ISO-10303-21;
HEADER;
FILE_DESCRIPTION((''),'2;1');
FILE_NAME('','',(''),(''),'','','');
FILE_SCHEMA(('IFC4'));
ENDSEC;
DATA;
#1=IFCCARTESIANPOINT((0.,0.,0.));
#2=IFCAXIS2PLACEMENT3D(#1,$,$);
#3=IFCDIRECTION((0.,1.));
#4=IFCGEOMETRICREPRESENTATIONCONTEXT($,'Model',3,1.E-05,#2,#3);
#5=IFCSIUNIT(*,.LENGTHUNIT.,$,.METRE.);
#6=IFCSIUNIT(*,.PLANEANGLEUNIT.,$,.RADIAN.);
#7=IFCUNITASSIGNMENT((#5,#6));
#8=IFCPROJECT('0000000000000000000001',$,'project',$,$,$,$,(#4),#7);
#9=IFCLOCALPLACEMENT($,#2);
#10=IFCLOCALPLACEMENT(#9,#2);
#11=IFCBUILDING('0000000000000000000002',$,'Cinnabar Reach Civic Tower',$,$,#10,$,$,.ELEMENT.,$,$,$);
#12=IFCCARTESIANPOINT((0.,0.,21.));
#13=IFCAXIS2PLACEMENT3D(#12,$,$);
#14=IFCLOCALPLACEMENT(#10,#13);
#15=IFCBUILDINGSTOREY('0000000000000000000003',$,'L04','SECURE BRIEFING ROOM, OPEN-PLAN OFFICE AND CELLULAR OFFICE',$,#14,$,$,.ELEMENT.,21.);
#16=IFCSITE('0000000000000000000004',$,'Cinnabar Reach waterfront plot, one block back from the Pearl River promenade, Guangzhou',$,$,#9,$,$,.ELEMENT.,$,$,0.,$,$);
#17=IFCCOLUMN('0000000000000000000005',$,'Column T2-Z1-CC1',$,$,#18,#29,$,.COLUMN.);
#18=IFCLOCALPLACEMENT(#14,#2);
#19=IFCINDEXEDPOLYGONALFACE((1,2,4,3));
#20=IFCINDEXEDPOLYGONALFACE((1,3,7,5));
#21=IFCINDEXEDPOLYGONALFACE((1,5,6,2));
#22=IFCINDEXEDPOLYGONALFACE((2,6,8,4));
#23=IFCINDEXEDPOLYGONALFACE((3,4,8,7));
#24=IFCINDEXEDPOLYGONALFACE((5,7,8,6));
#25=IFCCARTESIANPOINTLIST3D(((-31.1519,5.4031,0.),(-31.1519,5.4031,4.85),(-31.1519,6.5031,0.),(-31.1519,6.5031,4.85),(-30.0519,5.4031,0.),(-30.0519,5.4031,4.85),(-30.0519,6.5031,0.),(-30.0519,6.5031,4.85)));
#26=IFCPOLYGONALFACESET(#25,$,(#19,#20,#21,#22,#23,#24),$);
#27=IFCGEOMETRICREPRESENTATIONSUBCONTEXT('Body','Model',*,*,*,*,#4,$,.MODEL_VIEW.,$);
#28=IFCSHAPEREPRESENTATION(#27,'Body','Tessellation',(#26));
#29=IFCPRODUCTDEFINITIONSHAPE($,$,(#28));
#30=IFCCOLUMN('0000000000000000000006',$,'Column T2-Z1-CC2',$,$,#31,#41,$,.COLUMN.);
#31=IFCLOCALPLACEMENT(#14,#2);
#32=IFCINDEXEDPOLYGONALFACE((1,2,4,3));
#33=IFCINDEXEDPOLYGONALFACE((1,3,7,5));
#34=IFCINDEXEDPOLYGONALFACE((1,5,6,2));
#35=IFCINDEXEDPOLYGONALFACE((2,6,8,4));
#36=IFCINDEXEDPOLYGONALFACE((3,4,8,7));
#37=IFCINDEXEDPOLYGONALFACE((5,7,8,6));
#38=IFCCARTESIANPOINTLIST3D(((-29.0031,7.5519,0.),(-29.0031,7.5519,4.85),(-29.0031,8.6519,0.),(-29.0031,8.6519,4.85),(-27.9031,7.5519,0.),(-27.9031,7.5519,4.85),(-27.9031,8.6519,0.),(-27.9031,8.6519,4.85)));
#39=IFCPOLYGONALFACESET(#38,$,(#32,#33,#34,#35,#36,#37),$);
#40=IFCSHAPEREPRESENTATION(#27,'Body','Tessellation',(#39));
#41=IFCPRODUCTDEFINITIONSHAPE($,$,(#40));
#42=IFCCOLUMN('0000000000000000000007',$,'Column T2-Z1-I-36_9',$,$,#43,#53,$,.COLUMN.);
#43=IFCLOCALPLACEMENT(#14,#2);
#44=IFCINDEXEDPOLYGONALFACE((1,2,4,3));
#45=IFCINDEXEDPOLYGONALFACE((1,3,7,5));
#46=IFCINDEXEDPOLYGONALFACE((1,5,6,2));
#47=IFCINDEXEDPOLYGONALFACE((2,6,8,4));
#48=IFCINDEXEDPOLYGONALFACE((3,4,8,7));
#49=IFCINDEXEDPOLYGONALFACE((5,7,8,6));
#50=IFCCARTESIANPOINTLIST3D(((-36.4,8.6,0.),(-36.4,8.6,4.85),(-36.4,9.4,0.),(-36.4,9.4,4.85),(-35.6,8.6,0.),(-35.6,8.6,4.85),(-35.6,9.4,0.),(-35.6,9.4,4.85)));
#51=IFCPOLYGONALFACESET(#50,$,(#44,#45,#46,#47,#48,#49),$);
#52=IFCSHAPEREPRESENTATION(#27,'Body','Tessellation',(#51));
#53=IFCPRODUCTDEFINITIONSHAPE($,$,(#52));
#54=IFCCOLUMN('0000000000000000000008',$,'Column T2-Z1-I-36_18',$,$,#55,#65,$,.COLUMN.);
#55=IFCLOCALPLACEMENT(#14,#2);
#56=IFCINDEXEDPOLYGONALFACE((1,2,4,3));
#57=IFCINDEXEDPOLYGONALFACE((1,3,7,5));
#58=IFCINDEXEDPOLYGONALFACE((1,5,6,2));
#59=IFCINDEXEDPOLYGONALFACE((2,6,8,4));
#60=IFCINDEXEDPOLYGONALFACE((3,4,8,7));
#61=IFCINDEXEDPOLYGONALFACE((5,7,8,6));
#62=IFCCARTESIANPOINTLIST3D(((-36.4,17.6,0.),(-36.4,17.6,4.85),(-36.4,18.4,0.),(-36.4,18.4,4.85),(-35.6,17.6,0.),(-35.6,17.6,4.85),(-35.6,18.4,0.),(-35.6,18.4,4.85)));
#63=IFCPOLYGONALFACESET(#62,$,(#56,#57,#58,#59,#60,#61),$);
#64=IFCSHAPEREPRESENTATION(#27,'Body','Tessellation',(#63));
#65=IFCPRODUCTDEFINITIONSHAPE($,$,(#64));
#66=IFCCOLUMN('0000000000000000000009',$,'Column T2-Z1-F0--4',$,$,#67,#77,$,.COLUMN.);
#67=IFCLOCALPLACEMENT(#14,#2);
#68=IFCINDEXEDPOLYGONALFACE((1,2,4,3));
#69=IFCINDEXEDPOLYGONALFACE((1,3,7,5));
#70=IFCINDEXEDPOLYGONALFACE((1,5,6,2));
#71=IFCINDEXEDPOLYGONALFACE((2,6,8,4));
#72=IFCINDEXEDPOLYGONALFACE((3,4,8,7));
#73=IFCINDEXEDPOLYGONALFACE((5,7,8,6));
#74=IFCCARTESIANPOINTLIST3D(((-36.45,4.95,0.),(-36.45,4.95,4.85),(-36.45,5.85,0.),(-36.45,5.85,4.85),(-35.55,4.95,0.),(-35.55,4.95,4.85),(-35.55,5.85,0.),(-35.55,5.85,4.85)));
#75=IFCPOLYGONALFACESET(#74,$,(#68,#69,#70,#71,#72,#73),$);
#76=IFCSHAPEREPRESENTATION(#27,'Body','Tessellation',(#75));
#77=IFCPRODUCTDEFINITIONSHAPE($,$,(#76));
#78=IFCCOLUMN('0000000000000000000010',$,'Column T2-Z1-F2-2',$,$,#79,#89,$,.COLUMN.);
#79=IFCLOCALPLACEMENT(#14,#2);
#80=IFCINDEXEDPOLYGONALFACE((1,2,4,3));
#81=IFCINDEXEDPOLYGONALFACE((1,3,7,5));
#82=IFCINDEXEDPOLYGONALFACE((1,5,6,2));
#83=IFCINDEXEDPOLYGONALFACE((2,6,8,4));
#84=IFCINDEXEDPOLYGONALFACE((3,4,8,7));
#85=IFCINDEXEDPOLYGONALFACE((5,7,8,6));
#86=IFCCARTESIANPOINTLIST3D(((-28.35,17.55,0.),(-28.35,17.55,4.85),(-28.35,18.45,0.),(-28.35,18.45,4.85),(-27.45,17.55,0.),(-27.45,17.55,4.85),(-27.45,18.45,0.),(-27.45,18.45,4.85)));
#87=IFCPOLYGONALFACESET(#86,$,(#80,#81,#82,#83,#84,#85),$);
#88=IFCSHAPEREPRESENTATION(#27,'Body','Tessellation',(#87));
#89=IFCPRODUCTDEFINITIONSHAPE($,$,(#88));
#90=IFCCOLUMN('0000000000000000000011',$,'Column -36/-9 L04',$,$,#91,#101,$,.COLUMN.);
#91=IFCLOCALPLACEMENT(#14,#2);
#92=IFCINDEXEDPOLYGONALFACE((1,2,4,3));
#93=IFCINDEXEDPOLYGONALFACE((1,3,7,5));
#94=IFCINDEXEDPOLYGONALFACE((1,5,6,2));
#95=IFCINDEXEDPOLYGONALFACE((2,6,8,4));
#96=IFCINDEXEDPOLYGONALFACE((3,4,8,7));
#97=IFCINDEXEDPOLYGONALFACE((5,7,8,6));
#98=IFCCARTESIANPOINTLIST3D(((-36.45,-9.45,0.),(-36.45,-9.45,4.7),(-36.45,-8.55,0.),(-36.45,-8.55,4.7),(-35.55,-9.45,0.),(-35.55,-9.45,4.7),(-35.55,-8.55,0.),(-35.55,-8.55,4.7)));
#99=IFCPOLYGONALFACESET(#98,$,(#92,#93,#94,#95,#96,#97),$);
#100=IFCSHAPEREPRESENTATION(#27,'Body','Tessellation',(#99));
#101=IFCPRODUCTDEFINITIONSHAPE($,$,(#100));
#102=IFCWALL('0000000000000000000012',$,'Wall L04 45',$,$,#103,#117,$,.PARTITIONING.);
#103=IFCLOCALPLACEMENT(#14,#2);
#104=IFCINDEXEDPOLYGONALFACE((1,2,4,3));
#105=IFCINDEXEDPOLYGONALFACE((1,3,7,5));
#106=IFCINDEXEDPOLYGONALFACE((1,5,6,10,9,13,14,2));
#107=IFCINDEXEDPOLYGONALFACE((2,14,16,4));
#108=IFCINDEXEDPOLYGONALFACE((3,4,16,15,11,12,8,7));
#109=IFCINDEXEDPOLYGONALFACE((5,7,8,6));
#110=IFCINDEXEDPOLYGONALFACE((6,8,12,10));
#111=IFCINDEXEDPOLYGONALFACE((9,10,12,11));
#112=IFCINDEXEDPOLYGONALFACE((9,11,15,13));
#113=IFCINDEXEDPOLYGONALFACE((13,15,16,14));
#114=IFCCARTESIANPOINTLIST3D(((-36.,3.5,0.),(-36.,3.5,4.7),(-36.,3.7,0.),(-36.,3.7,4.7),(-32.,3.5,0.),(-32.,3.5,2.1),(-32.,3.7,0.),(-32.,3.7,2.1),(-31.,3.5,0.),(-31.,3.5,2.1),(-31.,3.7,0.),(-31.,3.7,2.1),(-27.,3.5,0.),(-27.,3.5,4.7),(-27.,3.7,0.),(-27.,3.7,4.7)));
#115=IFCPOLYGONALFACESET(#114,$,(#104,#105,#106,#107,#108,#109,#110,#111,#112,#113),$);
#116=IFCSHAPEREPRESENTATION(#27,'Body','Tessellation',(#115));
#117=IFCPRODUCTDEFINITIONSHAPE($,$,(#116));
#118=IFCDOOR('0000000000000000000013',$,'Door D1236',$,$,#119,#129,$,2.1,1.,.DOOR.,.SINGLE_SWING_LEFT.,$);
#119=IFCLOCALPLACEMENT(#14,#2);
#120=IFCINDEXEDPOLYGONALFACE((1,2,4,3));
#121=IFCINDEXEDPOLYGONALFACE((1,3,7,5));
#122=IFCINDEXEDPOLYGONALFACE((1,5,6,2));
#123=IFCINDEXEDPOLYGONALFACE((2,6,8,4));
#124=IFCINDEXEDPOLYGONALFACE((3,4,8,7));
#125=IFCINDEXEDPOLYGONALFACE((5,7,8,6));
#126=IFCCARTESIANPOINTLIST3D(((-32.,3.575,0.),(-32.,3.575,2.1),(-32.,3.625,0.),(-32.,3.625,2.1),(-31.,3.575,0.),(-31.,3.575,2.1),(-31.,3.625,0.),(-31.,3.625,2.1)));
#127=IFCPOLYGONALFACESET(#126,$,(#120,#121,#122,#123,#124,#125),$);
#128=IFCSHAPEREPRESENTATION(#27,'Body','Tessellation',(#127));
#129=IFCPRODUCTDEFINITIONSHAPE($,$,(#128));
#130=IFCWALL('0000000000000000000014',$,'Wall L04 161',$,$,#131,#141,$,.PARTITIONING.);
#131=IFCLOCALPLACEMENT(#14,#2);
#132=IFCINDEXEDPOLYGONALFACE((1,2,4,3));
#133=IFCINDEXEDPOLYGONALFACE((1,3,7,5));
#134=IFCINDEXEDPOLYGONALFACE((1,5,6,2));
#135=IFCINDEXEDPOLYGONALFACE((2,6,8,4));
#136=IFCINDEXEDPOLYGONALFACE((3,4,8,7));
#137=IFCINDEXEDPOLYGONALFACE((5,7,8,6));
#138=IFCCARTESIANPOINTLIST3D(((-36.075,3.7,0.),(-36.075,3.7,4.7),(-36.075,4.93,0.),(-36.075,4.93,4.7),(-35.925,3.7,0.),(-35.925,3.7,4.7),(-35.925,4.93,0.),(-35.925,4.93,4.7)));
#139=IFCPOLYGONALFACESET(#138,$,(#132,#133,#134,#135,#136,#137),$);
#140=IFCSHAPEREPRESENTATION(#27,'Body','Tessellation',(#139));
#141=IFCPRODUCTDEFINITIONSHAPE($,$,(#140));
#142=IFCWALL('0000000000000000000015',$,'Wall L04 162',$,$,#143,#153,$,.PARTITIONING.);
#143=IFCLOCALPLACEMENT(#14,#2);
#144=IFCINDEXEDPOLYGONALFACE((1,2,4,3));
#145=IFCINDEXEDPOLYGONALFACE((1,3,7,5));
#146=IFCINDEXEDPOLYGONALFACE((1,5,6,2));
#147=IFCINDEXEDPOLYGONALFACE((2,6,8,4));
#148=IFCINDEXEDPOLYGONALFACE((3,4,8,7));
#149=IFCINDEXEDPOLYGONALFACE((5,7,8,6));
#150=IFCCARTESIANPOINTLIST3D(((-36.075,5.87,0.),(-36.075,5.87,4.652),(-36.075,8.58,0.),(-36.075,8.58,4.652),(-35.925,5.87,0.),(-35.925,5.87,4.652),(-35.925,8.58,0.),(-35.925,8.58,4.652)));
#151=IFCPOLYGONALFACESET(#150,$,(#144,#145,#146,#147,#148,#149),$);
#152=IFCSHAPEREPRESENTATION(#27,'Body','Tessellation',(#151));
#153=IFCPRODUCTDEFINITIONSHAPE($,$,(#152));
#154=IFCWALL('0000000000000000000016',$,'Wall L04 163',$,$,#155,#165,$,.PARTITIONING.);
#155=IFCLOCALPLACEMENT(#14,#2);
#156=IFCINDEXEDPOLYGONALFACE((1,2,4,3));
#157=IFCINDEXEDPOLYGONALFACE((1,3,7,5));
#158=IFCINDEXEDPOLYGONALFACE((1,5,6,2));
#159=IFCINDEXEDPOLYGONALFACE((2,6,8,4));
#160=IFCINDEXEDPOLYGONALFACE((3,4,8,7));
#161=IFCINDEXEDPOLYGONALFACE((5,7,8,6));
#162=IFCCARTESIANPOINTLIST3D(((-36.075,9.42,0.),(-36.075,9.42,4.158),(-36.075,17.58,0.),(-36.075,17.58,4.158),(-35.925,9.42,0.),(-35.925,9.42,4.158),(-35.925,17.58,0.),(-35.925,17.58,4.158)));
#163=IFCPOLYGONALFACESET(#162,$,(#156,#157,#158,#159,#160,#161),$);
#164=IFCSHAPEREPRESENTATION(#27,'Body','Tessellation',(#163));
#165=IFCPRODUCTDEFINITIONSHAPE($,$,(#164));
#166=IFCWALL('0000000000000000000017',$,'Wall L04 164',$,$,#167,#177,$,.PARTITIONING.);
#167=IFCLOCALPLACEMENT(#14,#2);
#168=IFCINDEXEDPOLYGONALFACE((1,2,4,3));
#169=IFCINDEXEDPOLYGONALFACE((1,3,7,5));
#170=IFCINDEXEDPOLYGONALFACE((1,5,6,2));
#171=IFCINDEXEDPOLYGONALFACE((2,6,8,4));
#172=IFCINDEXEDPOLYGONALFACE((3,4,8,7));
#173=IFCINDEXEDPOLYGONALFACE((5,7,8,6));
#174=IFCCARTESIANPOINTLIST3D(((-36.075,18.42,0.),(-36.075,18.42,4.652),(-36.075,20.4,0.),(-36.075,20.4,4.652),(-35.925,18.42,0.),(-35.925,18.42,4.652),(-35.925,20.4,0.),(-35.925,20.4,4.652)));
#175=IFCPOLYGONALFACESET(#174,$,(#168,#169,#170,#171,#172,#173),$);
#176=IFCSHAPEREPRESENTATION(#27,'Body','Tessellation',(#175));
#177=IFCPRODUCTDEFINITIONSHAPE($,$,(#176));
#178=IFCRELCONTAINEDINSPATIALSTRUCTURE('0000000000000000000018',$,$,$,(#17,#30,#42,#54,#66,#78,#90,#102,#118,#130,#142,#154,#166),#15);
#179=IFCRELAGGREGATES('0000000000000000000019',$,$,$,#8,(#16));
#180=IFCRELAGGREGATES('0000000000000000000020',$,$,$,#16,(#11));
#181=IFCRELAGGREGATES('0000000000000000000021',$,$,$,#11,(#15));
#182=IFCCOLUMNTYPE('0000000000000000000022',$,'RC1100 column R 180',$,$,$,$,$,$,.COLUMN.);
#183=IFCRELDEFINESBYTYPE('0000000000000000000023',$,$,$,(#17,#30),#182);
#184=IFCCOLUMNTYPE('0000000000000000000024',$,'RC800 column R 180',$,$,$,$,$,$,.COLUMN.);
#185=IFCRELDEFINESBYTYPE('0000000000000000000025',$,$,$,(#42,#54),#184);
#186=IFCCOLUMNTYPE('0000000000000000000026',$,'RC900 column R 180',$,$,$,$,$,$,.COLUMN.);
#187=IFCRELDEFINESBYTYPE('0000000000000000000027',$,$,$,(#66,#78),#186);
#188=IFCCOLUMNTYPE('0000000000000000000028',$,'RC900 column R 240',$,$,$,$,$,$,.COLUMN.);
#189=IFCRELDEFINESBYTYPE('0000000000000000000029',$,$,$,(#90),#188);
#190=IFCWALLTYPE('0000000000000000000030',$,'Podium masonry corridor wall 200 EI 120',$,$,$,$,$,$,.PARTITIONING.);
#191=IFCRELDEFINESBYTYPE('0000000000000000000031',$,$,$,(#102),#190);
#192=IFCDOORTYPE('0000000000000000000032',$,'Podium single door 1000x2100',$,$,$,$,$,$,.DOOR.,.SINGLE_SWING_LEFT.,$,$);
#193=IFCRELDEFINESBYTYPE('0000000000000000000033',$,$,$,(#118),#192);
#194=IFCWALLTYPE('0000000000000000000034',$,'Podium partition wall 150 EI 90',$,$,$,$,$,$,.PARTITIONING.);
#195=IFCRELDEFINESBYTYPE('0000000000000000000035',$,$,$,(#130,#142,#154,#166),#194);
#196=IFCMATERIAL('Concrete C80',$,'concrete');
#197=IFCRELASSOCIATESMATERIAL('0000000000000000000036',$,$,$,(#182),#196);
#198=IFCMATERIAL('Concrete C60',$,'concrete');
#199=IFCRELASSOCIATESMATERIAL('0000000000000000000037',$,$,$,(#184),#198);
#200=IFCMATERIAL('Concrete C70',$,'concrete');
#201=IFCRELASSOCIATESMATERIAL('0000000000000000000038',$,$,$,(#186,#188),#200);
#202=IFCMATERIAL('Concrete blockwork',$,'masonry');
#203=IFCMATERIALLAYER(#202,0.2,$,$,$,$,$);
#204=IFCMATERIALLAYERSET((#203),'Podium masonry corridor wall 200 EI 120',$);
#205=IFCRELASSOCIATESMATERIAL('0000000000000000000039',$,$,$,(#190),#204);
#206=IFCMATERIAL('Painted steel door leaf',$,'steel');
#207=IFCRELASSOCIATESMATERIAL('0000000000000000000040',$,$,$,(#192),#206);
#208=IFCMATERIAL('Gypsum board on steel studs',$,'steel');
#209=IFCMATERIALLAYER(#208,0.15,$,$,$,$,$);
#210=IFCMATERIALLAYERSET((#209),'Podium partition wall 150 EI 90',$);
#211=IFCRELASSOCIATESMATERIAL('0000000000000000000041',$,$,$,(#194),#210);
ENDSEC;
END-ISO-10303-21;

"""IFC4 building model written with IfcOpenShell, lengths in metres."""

from ifc_helpers import new_model, si_unit, direction, frame, frame_2d, origin, origin_2d, place, context, subcontext, project, spatial, rectangle, extrude, material, layer, layer_set, material_profile, profile_set, type_object, element, fill, save


model = new_model("IFC4")

# Units and contexts
model_context = context("Model", 3, precision=1e-05, world=origin(), true_north=direction((0.0, 1.0)))
body_context = subcontext(model_context, "Body", "Model", "MODEL_VIEW")
ifc_project = project(units=[si_unit("LENGTHUNIT", "METRE"), si_unit("PLANEANGLEUNIT", "RADIAN")], contexts=[model_context])

# Site, building, storey
site_placement = place(None, origin())
site = spatial("IfcSite", under=ifc_project, at=site_placement, Name="Cinnabar Reach waterfront plot, one block back from the Pearl River promenade, Guangzhou", CompositionType="ELEMENT", RefElevation=0.0)
building_placement = place(site_placement, origin())
building = spatial("IfcBuilding", under=site, at=building_placement, Name="Cinnabar Reach Civic Tower", CompositionType="ELEMENT")
storey_placement = place(building_placement, frame((0.0, 0.0, 21.0)))
storey = spatial("IfcBuildingStorey", under=building, at=storey_placement, Name="L04", Description="SECURE BRIEFING ROOM, OPEN-PLAN OFFICE AND CELLULAR OFFICE", CompositionType="ELEMENT", Elevation=21.0)

# Columns
ifc_material_1 = material(Name="Concrete C80", Category="concrete")
ifc_material_profile_1 = material_profile(ifc_material_1, rectangle(XDim=1.1, YDim=1.1, at=origin_2d()), Name="RC1100")
ifc_profile_set_1 = profile_set([ifc_material_profile_1], Name="Concrete C80")
column_type_1 = type_object("IfcColumnType", Name="RC1100 column R 180", PredefinedType="COLUMN", material=ifc_profile_set_1)
for number, where, z_axis, x_axis, name in (
    (1, (-30.6019, 5.9531, 0.0), (0.0, 0.0, 1.0), (1.0, 0.0, 0.0), "Column T2-Z1-CC1"),
    (2, (-28.4531, 8.1019, 0.0), (0.0, 0.0, 1.0), (1.0, 0.0, 0.0), "Column T2-Z1-CC2"),
):
    element("IfcColumn", number, at=place(storey_placement, frame(where, z_axis=z_axis, x_axis=x_axis)), inside=storey, type_object=column_type_1, Name=name, PredefinedType="COLUMN", context=body_context, shape_type="SweptSolid", body=[
        extrude(rectangle(XDim=1.1, YDim=1.1, at=origin_2d()), origin(), (0.0, 0.0, 1.0), 4.85),
    ])
ifc_material_2 = material(Name="Concrete C60", Category="concrete")
ifc_material_profile_2 = material_profile(ifc_material_2, rectangle(XDim=0.8, YDim=0.8, at=origin_2d()), Name="RC800")
ifc_profile_set_2 = profile_set([ifc_material_profile_2], Name="Concrete C60")
column_type_2 = type_object("IfcColumnType", Name="RC800 column R 180", PredefinedType="COLUMN", material=ifc_profile_set_2)
for number, where, z_axis, x_axis, name in (
    (3, (-36.0, 9.0, 0.0), (0.0, 0.0, 1.0), (1.0, 0.0, 0.0), "Column T2-Z1-I-36_9"),
    (4, (-36.0, 18.0, 0.0), (0.0, 0.0, 1.0), (1.0, 0.0, 0.0), "Column T2-Z1-I-36_18"),
):
    element("IfcColumn", number, at=place(storey_placement, frame(where, z_axis=z_axis, x_axis=x_axis)), inside=storey, type_object=column_type_2, Name=name, PredefinedType="COLUMN", context=body_context, shape_type="SweptSolid", body=[
        extrude(rectangle(XDim=0.8, YDim=0.8, at=origin_2d()), origin(), (0.0, 0.0, 1.0), 4.85),
    ])
ifc_material_3 = material(Name="Concrete C70", Category="concrete")
ifc_material_profile_3 = material_profile(ifc_material_3, rectangle(XDim=0.9, YDim=0.9, at=origin_2d()), Name="RC900")
ifc_profile_set_3 = profile_set([ifc_material_profile_3], Name="Concrete C70")
column_type_3 = type_object("IfcColumnType", Name="RC900 column R 180", PredefinedType="COLUMN", material=ifc_profile_set_3)
for number, where, z_axis, x_axis, name in (
    (5, (-36.0, 5.4, 0.0), (0.0, 0.0, 1.0), (1.0, 0.0, 0.0), "Column T2-Z1-F0--4"),
    (6, (-27.9, 18.0, 0.0), (0.0, 0.0, 1.0), (1.0, 0.0, 0.0), "Column T2-Z1-F2-2"),
):
    element("IfcColumn", number, at=place(storey_placement, frame(where, z_axis=z_axis, x_axis=x_axis)), inside=storey, type_object=column_type_3, Name=name, PredefinedType="COLUMN", context=body_context, shape_type="SweptSolid", body=[
        extrude(rectangle(XDim=0.9, YDim=0.9, at=origin_2d()), origin(), (0.0, 0.0, 1.0), 4.85),
    ])
ifc_material_profile_4 = material_profile(ifc_material_3, rectangle(XDim=0.9, YDim=0.9, at=origin_2d()), Name="RC900")
ifc_profile_set_4 = profile_set([ifc_material_profile_4], Name="Concrete C70")
column_type_4 = type_object("IfcColumnType", Name="RC900 column R 240", PredefinedType="COLUMN", material=ifc_profile_set_4)
column_placement = place(storey_placement, frame((-36.0, -9.0, 0.0), z_axis=(0.0, 0.0, 1.0), x_axis=(1.0, 0.0, 0.0)))
element("IfcColumn", 7, at=column_placement, inside=storey, type_object=column_type_4, Name="Column -36/-9 L04", PredefinedType="COLUMN", context=body_context, shape_type="SweptSolid", body=[
    extrude(rectangle(XDim=0.9, YDim=0.9, at=origin_2d()), origin(), (0.0, 0.0, 1.0), 4.7),
])

# Wall, opening, door
ifc_material_4 = material(Name="Concrete blockwork", Category="masonry")
ifc_layer_1 = layer(ifc_material_4, 0.2)
ifc_layer_set_1 = layer_set([ifc_layer_1], Name="Podium masonry corridor wall 200 EI 120")
wall_type_1 = type_object("IfcWallType", Name="Podium masonry corridor wall 200 EI 120", PredefinedType="PARTITIONING", material=ifc_layer_set_1)
wall_1_placement = place(storey_placement, frame((-36.0, 3.6, 0.0), z_axis=(0.0, 0.0, 1.0), x_axis=(1.0, 0.0, 0.0)))
wall_1 = element("IfcWall", 8, at=wall_1_placement, inside=storey, type_object=wall_type_1, Name="Wall L04 45", PredefinedType="PARTITIONING", context=body_context, shape_type="SweptSolid", body=[
    extrude(rectangle(XDim=9.0, YDim=0.2, at=frame_2d((4.5, 0.0))), origin(), (0.0, 0.0, 1.0), 4.7),
])
opening_1_placement = place(wall_1_placement, frame((4.0, 0.0, 0.0)))
opening_1 = element("IfcOpeningElement", 9, at=opening_1_placement, cuts=wall_1, PredefinedType="OPENING", context=body_context, shape_type="SweptSolid", body=[
    extrude(rectangle(XDim=1.0, YDim=2.1, at=frame_2d((0.5, 1.05))), frame((0.0, 0.11, 0.0), z_axis=(0.0, -1.0, 0.0), x_axis=(1.0, 0.0, 0.0)), (0.0, 0.0, 1.0), 0.22),
])
ifc_material_5 = material(Name="Painted steel door leaf", Category="steel")
door_type_1 = type_object("IfcDoorType", Name="Podium single door 1000x2100", OperationType="SINGLE_SWING_LEFT", PredefinedType="DOOR", material=ifc_material_5)
door_1_placement = place(opening_1_placement, origin())
door_1 = element("IfcDoor", 10, at=door_1_placement, inside=storey, type_object=door_type_1, Name="Door D1236", OperationType="SINGLE_SWING_LEFT", OverallHeight=2.1, OverallWidth=1.0, PredefinedType="DOOR", context=body_context, shape_type="SweptSolid", body=[
    extrude(rectangle(XDim=1.0, YDim=2.1, at=frame_2d((0.5, 1.05))), frame((0.0, 0.025, 0.0), z_axis=(0.0, -1.0, 0.0), x_axis=(1.0, 0.0, 0.0)), (0.0, 0.0, 1.0), 0.05),
])
fill(opening_1, door_1)

# Walls
ifc_material_6 = material(Name="Gypsum board on steel studs", Category="steel")
ifc_layer_2 = layer(ifc_material_6, 0.15)
ifc_layer_set_2 = layer_set([ifc_layer_2], Name="Podium partition wall 150 EI 90")
wall_type_2 = type_object("IfcWallType", Name="Podium partition wall 150 EI 90", PredefinedType="PARTITIONING", material=ifc_layer_set_2)
wall_2_placement = place(storey_placement, frame((-36.0, 3.7, 0.0), z_axis=(0.0, 0.0, 1.0), x_axis=(0.0, 1.0, 0.0)))
element("IfcWall", 11, at=wall_2_placement, inside=storey, type_object=wall_type_2, Name="Wall L04 161", PredefinedType="PARTITIONING", context=body_context, shape_type="SweptSolid", body=[
    extrude(rectangle(XDim=1.23, YDim=0.15, at=frame_2d((0.615, 0.0))), origin(), (0.0, 0.0, 1.0), 4.7),
])
wall_3_placement = place(storey_placement, frame((-36.0, 5.87, 0.0), z_axis=(0.0, 0.0, 1.0), x_axis=(0.0, 1.0, 0.0)))
element("IfcWall", 12, at=wall_3_placement, inside=storey, type_object=wall_type_2, Name="Wall L04 162", PredefinedType="PARTITIONING", context=body_context, shape_type="SweptSolid", body=[
    extrude(rectangle(XDim=2.71, YDim=0.15, at=frame_2d((1.355, 0.0))), origin(), (0.0, 0.0, 1.0), 4.652),
])
wall_4_placement = place(storey_placement, frame((-36.0, 9.42, 0.0), z_axis=(0.0, 0.0, 1.0), x_axis=(0.0, 1.0, 0.0)))
element("IfcWall", 13, at=wall_4_placement, inside=storey, type_object=wall_type_2, Name="Wall L04 163", PredefinedType="PARTITIONING", context=body_context, shape_type="SweptSolid", body=[
    extrude(rectangle(XDim=8.16, YDim=0.15, at=frame_2d((4.08, 0.0))), origin(), (0.0, 0.0, 1.0), 4.158),
])
wall_5_placement = place(storey_placement, frame((-36.0, 18.42, 0.0), z_axis=(0.0, 0.0, 1.0), x_axis=(0.0, 1.0, 0.0)))
element("IfcWall", 14, at=wall_5_placement, inside=storey, type_object=wall_type_2, Name="Wall L04 164", PredefinedType="PARTITIONING", context=body_context, shape_type="SweptSolid", body=[
    extrude(rectangle(XDim=1.98, YDim=0.15, at=frame_2d((0.99, 0.0))), origin(), (0.0, 0.0, 1.0), 4.652),
])

save(model, "model.ifc")
